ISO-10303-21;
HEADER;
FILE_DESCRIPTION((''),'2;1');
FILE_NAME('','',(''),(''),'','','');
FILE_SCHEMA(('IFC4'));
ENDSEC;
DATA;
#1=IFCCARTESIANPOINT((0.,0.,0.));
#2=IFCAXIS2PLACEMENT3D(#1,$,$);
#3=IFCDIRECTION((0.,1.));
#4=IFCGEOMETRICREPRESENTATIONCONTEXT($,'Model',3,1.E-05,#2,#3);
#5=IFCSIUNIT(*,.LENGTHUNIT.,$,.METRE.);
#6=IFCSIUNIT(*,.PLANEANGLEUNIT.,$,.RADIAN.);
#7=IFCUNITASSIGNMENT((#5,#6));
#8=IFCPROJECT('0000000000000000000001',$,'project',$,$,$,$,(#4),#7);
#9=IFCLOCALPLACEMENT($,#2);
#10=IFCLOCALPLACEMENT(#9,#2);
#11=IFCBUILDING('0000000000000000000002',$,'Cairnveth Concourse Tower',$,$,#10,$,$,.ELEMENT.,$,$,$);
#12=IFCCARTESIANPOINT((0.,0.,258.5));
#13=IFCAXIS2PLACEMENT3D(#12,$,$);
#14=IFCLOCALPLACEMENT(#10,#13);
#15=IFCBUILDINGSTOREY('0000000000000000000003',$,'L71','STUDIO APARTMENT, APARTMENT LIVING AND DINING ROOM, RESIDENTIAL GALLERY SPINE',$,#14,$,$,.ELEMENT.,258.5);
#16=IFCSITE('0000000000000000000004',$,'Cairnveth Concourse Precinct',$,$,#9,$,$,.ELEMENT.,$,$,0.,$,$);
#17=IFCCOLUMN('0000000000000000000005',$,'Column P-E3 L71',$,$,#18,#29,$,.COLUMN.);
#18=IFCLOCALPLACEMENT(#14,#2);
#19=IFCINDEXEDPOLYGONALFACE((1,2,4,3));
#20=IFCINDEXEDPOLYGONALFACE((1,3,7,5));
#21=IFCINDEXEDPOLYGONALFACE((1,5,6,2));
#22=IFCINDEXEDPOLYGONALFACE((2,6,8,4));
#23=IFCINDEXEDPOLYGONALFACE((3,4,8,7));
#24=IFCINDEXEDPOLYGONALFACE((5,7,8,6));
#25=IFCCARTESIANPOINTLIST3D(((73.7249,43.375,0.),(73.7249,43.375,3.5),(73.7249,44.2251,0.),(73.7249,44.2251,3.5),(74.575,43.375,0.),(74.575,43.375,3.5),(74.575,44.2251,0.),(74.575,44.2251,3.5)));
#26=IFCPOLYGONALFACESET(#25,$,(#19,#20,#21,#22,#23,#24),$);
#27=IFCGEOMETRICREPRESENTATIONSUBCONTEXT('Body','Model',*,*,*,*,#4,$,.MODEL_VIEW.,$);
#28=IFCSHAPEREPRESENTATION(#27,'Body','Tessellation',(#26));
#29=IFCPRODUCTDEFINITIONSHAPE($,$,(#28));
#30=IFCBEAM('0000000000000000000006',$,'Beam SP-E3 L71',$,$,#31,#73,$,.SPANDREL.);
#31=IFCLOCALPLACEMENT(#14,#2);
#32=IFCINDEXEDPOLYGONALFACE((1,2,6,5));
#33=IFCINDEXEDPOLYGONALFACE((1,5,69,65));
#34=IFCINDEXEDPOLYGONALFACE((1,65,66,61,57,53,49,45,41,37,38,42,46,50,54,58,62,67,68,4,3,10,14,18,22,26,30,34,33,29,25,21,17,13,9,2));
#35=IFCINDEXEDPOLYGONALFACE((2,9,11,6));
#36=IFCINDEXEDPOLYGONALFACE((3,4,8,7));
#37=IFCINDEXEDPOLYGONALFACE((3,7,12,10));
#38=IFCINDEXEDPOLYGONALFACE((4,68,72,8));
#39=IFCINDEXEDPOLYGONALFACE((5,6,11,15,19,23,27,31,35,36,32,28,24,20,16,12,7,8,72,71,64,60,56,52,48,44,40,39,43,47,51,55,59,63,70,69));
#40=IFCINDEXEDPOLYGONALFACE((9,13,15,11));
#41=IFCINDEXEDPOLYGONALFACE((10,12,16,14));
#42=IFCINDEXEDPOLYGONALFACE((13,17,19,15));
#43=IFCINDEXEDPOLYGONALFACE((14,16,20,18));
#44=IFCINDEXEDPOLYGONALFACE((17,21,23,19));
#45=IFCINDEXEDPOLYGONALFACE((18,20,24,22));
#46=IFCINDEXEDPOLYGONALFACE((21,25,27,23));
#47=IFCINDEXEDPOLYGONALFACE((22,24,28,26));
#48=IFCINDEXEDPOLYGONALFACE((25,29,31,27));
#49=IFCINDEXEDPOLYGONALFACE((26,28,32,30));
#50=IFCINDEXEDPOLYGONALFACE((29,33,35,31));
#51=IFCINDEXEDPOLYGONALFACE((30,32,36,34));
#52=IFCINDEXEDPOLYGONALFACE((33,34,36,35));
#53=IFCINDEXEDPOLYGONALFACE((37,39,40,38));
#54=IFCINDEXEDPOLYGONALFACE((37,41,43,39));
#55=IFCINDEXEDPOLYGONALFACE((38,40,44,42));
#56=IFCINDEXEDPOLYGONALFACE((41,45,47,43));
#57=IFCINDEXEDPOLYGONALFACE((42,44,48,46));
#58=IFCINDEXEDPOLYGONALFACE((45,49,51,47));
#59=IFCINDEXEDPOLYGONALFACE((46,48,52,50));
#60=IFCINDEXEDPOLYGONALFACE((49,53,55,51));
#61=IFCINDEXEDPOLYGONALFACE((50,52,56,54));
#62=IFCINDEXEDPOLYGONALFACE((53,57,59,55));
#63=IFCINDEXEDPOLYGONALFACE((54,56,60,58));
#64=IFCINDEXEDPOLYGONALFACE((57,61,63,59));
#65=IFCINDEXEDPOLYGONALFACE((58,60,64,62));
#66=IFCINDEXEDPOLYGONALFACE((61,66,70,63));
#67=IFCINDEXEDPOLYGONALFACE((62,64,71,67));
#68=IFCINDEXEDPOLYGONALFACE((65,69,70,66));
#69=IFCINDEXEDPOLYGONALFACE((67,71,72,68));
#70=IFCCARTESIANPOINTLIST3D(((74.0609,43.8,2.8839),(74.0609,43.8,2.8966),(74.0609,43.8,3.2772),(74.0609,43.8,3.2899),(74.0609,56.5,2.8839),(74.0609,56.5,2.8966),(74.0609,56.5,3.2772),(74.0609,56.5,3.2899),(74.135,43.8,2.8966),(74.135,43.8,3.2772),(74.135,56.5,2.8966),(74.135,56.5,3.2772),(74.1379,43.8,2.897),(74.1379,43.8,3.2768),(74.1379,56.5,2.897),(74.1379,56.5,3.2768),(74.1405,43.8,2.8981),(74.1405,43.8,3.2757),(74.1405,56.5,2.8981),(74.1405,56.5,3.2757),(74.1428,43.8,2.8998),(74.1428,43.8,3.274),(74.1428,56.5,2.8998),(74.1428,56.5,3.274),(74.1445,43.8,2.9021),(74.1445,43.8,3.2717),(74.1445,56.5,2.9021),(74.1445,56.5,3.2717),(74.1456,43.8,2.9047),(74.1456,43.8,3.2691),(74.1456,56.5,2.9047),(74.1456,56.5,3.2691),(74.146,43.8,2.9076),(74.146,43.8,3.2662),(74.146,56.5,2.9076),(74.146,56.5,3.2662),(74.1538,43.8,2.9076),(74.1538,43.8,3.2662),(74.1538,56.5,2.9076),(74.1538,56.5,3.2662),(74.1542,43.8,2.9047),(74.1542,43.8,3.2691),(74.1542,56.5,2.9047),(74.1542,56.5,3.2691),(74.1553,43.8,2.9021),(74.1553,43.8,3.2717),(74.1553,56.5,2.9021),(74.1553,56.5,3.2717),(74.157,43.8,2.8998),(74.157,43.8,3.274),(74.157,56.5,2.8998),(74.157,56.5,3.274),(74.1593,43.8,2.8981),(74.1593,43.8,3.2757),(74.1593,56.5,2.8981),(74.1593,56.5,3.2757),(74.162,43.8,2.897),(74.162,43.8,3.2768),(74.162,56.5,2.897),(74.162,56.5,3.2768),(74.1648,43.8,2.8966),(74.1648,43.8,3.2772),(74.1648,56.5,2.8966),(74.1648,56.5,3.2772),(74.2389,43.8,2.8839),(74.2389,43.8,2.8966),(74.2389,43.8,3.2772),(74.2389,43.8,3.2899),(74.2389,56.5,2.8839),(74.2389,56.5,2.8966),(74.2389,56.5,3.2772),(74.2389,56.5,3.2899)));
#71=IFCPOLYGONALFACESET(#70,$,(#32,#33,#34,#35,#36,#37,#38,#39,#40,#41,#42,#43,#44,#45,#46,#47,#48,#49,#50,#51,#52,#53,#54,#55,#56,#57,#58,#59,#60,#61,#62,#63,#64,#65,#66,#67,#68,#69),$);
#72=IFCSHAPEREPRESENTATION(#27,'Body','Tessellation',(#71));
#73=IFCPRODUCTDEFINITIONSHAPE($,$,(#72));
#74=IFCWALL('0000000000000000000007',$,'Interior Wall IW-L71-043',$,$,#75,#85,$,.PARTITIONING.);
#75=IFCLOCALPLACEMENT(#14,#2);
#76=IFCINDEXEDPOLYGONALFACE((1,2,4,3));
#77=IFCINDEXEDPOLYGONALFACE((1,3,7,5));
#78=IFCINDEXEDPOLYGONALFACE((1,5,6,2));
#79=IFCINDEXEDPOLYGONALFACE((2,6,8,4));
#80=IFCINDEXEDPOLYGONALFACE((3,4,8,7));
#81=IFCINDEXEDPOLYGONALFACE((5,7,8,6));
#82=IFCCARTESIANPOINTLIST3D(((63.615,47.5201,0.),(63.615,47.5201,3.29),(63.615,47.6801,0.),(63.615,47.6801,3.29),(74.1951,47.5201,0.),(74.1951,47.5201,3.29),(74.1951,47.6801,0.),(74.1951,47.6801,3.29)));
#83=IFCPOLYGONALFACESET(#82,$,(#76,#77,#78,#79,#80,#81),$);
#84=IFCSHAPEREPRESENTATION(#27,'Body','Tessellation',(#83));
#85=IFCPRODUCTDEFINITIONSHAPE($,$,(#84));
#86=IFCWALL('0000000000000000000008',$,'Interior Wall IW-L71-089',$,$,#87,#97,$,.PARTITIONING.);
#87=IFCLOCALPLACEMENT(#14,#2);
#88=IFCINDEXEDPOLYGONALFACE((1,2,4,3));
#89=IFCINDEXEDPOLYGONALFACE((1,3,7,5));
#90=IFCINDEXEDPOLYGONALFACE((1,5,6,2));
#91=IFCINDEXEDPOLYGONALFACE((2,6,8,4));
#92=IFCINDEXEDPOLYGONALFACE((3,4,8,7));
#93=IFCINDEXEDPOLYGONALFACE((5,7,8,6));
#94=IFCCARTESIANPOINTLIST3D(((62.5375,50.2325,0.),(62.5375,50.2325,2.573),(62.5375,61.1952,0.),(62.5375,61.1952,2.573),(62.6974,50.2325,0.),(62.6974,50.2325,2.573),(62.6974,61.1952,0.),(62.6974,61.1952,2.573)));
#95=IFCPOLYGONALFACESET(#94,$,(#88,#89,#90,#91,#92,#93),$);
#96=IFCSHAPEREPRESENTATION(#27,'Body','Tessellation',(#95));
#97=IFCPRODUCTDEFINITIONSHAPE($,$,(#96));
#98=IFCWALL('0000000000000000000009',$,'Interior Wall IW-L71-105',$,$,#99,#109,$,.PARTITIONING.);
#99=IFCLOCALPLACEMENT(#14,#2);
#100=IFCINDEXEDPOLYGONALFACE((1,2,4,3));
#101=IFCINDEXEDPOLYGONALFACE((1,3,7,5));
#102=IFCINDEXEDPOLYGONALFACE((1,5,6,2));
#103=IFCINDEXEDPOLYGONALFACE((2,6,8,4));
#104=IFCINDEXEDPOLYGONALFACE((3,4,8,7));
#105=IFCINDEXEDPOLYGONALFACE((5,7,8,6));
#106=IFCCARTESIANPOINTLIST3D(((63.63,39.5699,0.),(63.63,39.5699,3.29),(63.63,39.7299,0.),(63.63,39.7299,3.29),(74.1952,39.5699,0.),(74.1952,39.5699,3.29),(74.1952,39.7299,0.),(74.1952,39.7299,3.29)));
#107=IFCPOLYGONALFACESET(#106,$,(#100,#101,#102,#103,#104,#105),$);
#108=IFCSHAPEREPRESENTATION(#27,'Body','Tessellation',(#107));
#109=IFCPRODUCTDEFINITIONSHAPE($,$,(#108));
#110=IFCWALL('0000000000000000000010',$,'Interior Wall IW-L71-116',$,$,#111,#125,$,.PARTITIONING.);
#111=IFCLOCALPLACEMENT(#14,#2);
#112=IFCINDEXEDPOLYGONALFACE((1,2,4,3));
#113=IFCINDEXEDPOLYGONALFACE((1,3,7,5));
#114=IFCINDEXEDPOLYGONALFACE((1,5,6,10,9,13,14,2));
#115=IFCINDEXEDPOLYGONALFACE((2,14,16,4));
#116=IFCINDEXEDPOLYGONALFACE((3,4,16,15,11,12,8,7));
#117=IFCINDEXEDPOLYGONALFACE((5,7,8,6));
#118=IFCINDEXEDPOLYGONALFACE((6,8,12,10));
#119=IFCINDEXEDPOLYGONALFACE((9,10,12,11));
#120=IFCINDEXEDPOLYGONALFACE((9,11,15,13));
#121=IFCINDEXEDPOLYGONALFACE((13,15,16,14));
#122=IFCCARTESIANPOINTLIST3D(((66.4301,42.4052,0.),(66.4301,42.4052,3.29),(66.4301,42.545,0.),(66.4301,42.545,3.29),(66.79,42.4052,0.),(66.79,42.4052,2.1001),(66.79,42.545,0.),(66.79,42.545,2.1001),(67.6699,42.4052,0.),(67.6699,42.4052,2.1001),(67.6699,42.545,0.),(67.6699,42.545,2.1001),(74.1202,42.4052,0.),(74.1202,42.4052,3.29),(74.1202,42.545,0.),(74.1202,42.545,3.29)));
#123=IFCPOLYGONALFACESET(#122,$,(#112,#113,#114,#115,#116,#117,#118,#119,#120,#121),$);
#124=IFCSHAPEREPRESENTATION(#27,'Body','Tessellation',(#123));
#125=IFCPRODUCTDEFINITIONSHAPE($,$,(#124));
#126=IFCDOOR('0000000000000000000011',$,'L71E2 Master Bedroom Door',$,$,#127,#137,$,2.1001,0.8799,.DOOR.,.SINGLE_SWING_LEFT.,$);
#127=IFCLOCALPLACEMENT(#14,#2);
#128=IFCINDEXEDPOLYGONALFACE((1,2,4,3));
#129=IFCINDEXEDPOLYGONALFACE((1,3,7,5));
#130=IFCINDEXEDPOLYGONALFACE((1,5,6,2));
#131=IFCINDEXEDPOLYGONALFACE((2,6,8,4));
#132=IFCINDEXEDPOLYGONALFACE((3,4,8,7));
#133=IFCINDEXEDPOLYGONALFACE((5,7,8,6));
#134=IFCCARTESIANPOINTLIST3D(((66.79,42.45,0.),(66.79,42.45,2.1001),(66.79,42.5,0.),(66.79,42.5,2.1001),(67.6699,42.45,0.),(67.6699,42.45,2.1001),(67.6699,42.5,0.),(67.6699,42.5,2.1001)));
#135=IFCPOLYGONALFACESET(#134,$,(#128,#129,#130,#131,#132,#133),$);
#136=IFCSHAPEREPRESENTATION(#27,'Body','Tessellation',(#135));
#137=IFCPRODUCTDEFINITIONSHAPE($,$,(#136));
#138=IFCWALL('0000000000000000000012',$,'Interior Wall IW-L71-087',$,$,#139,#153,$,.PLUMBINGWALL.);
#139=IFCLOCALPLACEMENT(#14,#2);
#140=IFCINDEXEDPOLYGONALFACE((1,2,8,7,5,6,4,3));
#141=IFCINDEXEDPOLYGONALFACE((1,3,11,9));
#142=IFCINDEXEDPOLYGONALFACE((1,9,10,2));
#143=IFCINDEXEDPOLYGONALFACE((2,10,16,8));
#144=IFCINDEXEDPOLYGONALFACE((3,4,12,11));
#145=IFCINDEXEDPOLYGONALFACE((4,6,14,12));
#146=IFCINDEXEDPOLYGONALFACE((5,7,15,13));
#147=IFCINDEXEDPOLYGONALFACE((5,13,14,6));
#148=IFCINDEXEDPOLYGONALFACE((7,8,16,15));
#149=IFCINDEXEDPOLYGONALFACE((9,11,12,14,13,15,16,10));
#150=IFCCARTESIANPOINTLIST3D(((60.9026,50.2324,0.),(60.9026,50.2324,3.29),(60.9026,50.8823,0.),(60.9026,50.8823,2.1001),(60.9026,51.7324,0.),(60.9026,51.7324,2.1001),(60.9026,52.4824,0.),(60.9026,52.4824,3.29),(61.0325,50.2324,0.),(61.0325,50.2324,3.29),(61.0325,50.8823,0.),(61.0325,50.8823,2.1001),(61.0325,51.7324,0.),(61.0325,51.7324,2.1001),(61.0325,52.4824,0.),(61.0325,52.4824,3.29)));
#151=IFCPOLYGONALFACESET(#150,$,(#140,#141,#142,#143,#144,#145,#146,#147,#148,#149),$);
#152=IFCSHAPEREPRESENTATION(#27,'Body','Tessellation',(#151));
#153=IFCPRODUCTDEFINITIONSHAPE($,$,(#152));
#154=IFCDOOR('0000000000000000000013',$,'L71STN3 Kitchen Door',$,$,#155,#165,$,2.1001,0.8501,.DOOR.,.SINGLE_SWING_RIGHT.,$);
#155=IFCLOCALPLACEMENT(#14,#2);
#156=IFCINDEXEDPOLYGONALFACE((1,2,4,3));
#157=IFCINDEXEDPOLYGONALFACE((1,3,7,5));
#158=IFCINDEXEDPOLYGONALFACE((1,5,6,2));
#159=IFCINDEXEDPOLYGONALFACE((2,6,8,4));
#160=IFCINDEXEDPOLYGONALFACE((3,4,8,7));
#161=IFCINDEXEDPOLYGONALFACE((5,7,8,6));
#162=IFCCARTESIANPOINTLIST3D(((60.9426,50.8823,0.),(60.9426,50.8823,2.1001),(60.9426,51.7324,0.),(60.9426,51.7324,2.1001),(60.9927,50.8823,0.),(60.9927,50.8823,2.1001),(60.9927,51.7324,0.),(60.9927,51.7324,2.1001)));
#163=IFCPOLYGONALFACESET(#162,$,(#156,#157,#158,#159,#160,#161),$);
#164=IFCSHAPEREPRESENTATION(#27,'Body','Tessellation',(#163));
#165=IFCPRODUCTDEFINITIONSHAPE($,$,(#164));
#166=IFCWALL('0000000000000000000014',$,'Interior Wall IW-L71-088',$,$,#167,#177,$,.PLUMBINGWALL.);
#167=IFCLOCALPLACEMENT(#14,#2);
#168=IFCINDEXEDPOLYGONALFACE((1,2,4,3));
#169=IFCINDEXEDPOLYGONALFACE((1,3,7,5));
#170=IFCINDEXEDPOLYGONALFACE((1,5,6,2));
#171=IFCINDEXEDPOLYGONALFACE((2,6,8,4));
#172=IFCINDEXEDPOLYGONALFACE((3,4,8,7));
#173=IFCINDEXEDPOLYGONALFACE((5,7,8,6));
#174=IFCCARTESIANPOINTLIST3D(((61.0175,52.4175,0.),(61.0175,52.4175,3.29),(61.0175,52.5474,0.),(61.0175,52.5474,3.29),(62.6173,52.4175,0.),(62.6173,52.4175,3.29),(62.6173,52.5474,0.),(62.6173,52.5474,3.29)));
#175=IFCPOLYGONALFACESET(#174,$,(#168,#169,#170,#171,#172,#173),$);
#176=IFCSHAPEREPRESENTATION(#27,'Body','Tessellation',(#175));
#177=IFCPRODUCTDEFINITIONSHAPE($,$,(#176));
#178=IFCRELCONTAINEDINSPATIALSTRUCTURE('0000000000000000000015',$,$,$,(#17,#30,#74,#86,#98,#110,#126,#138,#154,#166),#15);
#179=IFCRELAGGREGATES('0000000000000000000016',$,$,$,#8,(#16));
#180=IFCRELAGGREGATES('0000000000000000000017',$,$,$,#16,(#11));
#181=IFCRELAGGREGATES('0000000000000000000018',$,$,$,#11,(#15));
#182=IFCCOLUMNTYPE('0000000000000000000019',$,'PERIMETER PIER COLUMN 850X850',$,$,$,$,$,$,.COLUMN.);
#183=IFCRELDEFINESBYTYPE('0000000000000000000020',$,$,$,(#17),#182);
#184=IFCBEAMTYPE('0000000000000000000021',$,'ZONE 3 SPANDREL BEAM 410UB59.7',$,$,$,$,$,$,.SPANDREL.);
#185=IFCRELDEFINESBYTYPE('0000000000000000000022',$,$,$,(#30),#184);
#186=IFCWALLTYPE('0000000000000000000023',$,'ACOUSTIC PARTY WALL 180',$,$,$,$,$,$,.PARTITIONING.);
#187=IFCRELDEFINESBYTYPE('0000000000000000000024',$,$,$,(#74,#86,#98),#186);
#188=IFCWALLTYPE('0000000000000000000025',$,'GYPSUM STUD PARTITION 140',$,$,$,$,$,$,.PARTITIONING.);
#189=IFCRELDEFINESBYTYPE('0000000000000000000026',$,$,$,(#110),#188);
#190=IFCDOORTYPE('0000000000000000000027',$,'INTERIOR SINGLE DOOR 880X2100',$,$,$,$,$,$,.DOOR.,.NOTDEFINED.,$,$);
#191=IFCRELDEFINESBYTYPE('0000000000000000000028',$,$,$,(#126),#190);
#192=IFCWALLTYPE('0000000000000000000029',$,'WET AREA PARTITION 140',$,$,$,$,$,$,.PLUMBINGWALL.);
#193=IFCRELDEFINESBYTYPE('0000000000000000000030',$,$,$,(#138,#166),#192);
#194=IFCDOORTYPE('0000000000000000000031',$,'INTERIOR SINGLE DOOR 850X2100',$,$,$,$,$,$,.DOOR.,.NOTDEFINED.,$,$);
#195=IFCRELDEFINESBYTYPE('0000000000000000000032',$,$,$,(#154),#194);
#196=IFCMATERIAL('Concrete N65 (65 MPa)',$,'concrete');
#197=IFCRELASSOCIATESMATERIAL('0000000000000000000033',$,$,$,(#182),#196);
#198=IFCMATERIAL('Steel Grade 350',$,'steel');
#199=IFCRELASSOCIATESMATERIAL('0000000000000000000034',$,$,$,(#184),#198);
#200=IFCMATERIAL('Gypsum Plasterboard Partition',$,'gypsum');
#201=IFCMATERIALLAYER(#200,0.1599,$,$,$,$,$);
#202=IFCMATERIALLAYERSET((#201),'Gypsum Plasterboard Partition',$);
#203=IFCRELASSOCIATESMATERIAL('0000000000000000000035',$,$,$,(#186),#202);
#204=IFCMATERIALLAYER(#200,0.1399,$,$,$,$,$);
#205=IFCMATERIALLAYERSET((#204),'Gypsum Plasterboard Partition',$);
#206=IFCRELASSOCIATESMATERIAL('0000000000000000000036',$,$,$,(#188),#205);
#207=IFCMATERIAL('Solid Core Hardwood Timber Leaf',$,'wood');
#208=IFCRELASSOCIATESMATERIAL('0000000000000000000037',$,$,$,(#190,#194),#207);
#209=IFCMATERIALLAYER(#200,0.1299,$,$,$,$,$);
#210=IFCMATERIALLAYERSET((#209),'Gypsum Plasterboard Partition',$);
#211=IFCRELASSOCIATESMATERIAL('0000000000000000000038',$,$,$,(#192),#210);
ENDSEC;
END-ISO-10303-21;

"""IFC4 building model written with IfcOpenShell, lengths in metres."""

from ifc_helpers import new_model, si_unit, direction, frame, frame_2d, origin, origin_2d, place, context, subcontext, project, spatial, rectangle, i_section, extrude, material, layer, layer_set, material_profile, profile_set, type_object, element, fill, save


model = new_model("IFC4")

# Units and contexts
model_context = context("Model", 3, precision=1e-05, world=origin(), true_north=direction((0.0, 1.0)))
body_context = subcontext(model_context, "Body", "Model", "MODEL_VIEW")
ifc_project = project(units=[si_unit("LENGTHUNIT", "METRE"), si_unit("PLANEANGLEUNIT", "RADIAN")], contexts=[model_context])

# Site, building, storey
site_placement = place(None, origin())
site = spatial("IfcSite", under=ifc_project, at=site_placement, Name="Cairnveth Concourse Precinct", CompositionType="ELEMENT", RefElevation=0.0)
building_placement = place(site_placement, origin())
building = spatial("IfcBuilding", under=site, at=building_placement, Name="Cairnveth Concourse Tower", CompositionType="ELEMENT")
storey_placement = place(building_placement, frame((0.0, 0.0, 258.5)))
storey = spatial("IfcBuildingStorey", under=building, at=storey_placement, Name="L71", Description="STUDIO APARTMENT, APARTMENT LIVING AND DINING ROOM, RESIDENTIAL GALLERY SPINE", CompositionType="ELEMENT", Elevation=258.5)

# Column
ifc_material_1 = material(Name="Concrete N65 (65 MPa)", Category="concrete")
ifc_material_profile_1 = material_profile(ifc_material_1, rectangle(XDim=0.8501, YDim=0.8501, at=origin_2d()), Name="RC-COL-850x850")
ifc_profile_set_1 = profile_set([ifc_material_profile_1], Name="Concrete N65 (65 MPa)")
column_type = type_object("IfcColumnType", Name="PERIMETER PIER COLUMN 850X850", PredefinedType="COLUMN", material=ifc_profile_set_1)
column_placement = place(storey_placement, frame((74.1499, 43.8, 0.0), z_axis=(0.0, 0.0, 1.0), x_axis=(0.0, 1.0, 0.0)))
element("IfcColumn", 1, at=column_placement, inside=storey, type_object=column_type, Name="Column P-E3 L71", PredefinedType="COLUMN", context=body_context, shape_type="SweptSolid", body=[
    extrude(rectangle(XDim=0.8501, YDim=0.8501, at=origin_2d()), origin(), (0.0, 0.0, 1.0), 3.5),
])

# Beam
ifc_material_2 = material(Name="Steel Grade 350", Category="steel")
ifc_material_profile_2 = material_profile(ifc_material_2, i_section(OverallWidth=0.178, OverallDepth=0.406, WebThickness=0.0078, FlangeThickness=0.0127, FilletRadius=0.011, at=origin_2d()), Name="410UB59.7")
ifc_profile_set_2 = profile_set([ifc_material_profile_2], Name="Steel Grade 350")
beam_type = type_object("IfcBeamType", Name="ZONE 3 SPANDREL BEAM 410UB59.7", PredefinedType="SPANDREL", material=ifc_profile_set_2)
beam_placement = place(storey_placement, frame((74.1499, 43.8, 3.0869), z_axis=(0.0, 1.0, 0.0), x_axis=(-1.0, 0.0, 0.0)))
element("IfcBeam", 2, at=beam_placement, inside=storey, type_object=beam_type, Name="Beam SP-E3 L71", PredefinedType="SPANDREL", context=body_context, shape_type="SweptSolid", body=[
    extrude(i_section(OverallWidth=0.178, OverallDepth=0.406, WebThickness=0.0078, FlangeThickness=0.0127, FilletRadius=0.011, at=origin_2d()), origin(), (0.0, 0.0, 1.0), 12.7),
])

# Walls
ifc_material_3 = material(Name="Gypsum Plasterboard Partition", Category="gypsum")
ifc_layer_1 = layer(ifc_material_3, 0.1599)
ifc_layer_set_1 = layer_set([ifc_layer_1], Name="Gypsum Plasterboard Partition")
wall_type_1 = type_object("IfcWallType", Name="ACOUSTIC PARTY WALL 180", PredefinedType="PARTITIONING", material=ifc_layer_set_1)
wall_1_placement = place(storey_placement, frame((63.615, 47.6001, 0.0), z_axis=(0.0, 0.0, 1.0), x_axis=(1.0, 0.0, 0.0)))
element("IfcWall", 3, at=wall_1_placement, inside=storey, type_object=wall_type_1, Name="Interior Wall IW-L71-043", PredefinedType="PARTITIONING", context=body_context, shape_type="SweptSolid", body=[
    extrude(rectangle(XDim=10.5801, YDim=0.1599, at=frame_2d((5.29, 0.0))), origin(), (0.0, 0.0, 1.0), 3.29),
])
wall_2_placement = place(storey_placement, frame((62.6174, 50.2324, 0.0), z_axis=(0.0, 0.0, 1.0), x_axis=(0.0, 1.0, 0.0)))
element("IfcWall", 4, at=wall_2_placement, inside=storey, type_object=wall_type_1, Name="Interior Wall IW-L71-089", PredefinedType="PARTITIONING", context=body_context, shape_type="SweptSolid", body=[
    extrude(rectangle(XDim=10.9626, YDim=0.1599, at=frame_2d((5.4814, 0.0))), origin(), (0.0, 0.0, 1.0), 2.573),
])
wall_3_placement = place(storey_placement, frame((63.6299, 39.6499, 0.0), z_axis=(0.0, 0.0, 1.0), x_axis=(1.0, 0.0, 0.0)))
element("IfcWall", 5, at=wall_3_placement, inside=storey, type_object=wall_type_1, Name="Interior Wall IW-L71-105", PredefinedType="PARTITIONING", context=body_context, shape_type="SweptSolid", body=[
    extrude(rectangle(XDim=10.5652, YDim=0.1599, at=frame_2d((5.2827, 0.0))), origin(), (0.0, 0.0, 1.0), 3.29),
])

# Walls, openings, doors
ifc_layer_2 = layer(ifc_material_3, 0.1399)
ifc_layer_set_2 = layer_set([ifc_layer_2], Name="Gypsum Plasterboard Partition")
wall_type_2 = type_object("IfcWallType", Name="GYPSUM STUD PARTITION 140", PredefinedType="PARTITIONING", material=ifc_layer_set_2)
wall_4_placement = place(storey_placement, frame((66.4299, 42.4751, 0.0), z_axis=(0.0, 0.0, 1.0), x_axis=(1.0, 0.0, 0.0)))
wall_4 = element("IfcWall", 6, at=wall_4_placement, inside=storey, type_object=wall_type_2, Name="Interior Wall IW-L71-116", PredefinedType="PARTITIONING", context=body_context, shape_type="SweptSolid", body=[
    extrude(rectangle(XDim=7.6902, YDim=0.1399, at=frame_2d((3.8452, 0.0))), origin(), (0.0, 0.0, 1.0), 3.29),
])
opening_1_placement = place(wall_4_placement, frame((0.3601, 0.0, 0.0)))
opening_1 = element("IfcOpeningElement", 7, at=opening_1_placement, cuts=wall_4, PredefinedType="OPENING", context=body_context, shape_type="SweptSolid", body=[
    extrude(rectangle(XDim=0.8799, YDim=2.1001, at=frame_2d((0.4399, 1.05))), frame((0.0, 0.0798, 0.0), z_axis=(0.0, -1.0, 0.0), x_axis=(1.0, 0.0, 0.0)), (0.0, 0.0, 1.0), 0.1599),
])
ifc_material_4 = material(Name="Solid Core Hardwood Timber Leaf", Category="wood")
door_type_1 = type_object("IfcDoorType", Name="INTERIOR SINGLE DOOR 880X2100", OperationType="NOTDEFINED", PredefinedType="DOOR", material=ifc_material_4)
door_1_placement = place(opening_1_placement, origin())
door_1 = element("IfcDoor", 8, at=door_1_placement, inside=storey, type_object=door_type_1, Name="L71E2 Master Bedroom Door", OperationType="SINGLE_SWING_LEFT", OverallHeight=2.1001, OverallWidth=0.8799, PredefinedType="DOOR", context=body_context, shape_type="SweptSolid", body=[
    extrude(rectangle(XDim=0.8799, YDim=2.1001, at=frame_2d((0.4399, 1.05))), frame((0.0, 0.0249, 0.0), z_axis=(0.0, -1.0, 0.0), x_axis=(1.0, 0.0, 0.0)), (0.0, 0.0, 1.0), 0.05),
])
fill(opening_1, door_1)
ifc_layer_3 = layer(ifc_material_3, 0.1299)
ifc_layer_set_3 = layer_set([ifc_layer_3], Name="Gypsum Plasterboard Partition")
wall_type_3 = type_object("IfcWallType", Name="WET AREA PARTITION 140", PredefinedType="PLUMBINGWALL", material=ifc_layer_set_3)
wall_5_placement = place(storey_placement, frame((60.9675, 50.2324, 0.0), z_axis=(0.0, 0.0, 1.0), x_axis=(0.0, 1.0, 0.0)))
wall_5 = element("IfcWall", 9, at=wall_5_placement, inside=storey, type_object=wall_type_3, Name="Interior Wall IW-L71-087", PredefinedType="PLUMBINGWALL", context=body_context, shape_type="SweptSolid", body=[
    extrude(rectangle(XDim=2.25, YDim=0.1299, at=frame_2d((1.125, 0.0))), origin(), (0.0, 0.0, 1.0), 3.29),
])
opening_2_placement = place(wall_5_placement, frame((0.6499, 0.0, 0.0)))
opening_2 = element("IfcOpeningElement", 10, at=opening_2_placement, cuts=wall_5, PredefinedType="OPENING", context=body_context, shape_type="SweptSolid", body=[
    extrude(rectangle(XDim=0.8501, YDim=2.1001, at=frame_2d((0.425, 1.05))), frame((0.0, 0.075, 0.0), z_axis=(0.0, -1.0, 0.0), x_axis=(1.0, 0.0, 0.0)), (0.0, 0.0, 1.0), 0.1499),
])
door_type_2 = type_object("IfcDoorType", Name="INTERIOR SINGLE DOOR 850X2100", OperationType="NOTDEFINED", PredefinedType="DOOR", material=ifc_material_4)
door_2_placement = place(opening_2_placement, origin())
door_2 = element("IfcDoor", 11, at=door_2_placement, inside=storey, type_object=door_type_2, Name="L71STN3 Kitchen Door", OperationType="SINGLE_SWING_RIGHT", OverallHeight=2.1001, OverallWidth=0.8501, PredefinedType="DOOR", context=body_context, shape_type="SweptSolid", body=[
    extrude(rectangle(XDim=0.8501, YDim=2.1001, at=frame_2d((0.425, 1.05))), frame((0.0, 0.0249, 0.0), z_axis=(0.0, -1.0, 0.0), x_axis=(1.0, 0.0, 0.0)), (0.0, 0.0, 1.0), 0.05),
])
fill(opening_2, door_2)

# Wall
wall_6_placement = place(storey_placement, frame((61.0176, 52.4824, 0.0), z_axis=(0.0, 0.0, 1.0), x_axis=(1.0, 0.0, 0.0)))
element("IfcWall", 12, at=wall_6_placement, inside=storey, type_object=wall_type_3, Name="Interior Wall IW-L71-088", PredefinedType="PLUMBINGWALL", context=body_context, shape_type="SweptSolid", body=[
    extrude(rectangle(XDim=1.5999, YDim=0.1299, at=frame_2d((0.7998, 0.0))), origin(), (0.0, 0.0, 1.0), 3.29),
])

save(model, "model.ifc")
